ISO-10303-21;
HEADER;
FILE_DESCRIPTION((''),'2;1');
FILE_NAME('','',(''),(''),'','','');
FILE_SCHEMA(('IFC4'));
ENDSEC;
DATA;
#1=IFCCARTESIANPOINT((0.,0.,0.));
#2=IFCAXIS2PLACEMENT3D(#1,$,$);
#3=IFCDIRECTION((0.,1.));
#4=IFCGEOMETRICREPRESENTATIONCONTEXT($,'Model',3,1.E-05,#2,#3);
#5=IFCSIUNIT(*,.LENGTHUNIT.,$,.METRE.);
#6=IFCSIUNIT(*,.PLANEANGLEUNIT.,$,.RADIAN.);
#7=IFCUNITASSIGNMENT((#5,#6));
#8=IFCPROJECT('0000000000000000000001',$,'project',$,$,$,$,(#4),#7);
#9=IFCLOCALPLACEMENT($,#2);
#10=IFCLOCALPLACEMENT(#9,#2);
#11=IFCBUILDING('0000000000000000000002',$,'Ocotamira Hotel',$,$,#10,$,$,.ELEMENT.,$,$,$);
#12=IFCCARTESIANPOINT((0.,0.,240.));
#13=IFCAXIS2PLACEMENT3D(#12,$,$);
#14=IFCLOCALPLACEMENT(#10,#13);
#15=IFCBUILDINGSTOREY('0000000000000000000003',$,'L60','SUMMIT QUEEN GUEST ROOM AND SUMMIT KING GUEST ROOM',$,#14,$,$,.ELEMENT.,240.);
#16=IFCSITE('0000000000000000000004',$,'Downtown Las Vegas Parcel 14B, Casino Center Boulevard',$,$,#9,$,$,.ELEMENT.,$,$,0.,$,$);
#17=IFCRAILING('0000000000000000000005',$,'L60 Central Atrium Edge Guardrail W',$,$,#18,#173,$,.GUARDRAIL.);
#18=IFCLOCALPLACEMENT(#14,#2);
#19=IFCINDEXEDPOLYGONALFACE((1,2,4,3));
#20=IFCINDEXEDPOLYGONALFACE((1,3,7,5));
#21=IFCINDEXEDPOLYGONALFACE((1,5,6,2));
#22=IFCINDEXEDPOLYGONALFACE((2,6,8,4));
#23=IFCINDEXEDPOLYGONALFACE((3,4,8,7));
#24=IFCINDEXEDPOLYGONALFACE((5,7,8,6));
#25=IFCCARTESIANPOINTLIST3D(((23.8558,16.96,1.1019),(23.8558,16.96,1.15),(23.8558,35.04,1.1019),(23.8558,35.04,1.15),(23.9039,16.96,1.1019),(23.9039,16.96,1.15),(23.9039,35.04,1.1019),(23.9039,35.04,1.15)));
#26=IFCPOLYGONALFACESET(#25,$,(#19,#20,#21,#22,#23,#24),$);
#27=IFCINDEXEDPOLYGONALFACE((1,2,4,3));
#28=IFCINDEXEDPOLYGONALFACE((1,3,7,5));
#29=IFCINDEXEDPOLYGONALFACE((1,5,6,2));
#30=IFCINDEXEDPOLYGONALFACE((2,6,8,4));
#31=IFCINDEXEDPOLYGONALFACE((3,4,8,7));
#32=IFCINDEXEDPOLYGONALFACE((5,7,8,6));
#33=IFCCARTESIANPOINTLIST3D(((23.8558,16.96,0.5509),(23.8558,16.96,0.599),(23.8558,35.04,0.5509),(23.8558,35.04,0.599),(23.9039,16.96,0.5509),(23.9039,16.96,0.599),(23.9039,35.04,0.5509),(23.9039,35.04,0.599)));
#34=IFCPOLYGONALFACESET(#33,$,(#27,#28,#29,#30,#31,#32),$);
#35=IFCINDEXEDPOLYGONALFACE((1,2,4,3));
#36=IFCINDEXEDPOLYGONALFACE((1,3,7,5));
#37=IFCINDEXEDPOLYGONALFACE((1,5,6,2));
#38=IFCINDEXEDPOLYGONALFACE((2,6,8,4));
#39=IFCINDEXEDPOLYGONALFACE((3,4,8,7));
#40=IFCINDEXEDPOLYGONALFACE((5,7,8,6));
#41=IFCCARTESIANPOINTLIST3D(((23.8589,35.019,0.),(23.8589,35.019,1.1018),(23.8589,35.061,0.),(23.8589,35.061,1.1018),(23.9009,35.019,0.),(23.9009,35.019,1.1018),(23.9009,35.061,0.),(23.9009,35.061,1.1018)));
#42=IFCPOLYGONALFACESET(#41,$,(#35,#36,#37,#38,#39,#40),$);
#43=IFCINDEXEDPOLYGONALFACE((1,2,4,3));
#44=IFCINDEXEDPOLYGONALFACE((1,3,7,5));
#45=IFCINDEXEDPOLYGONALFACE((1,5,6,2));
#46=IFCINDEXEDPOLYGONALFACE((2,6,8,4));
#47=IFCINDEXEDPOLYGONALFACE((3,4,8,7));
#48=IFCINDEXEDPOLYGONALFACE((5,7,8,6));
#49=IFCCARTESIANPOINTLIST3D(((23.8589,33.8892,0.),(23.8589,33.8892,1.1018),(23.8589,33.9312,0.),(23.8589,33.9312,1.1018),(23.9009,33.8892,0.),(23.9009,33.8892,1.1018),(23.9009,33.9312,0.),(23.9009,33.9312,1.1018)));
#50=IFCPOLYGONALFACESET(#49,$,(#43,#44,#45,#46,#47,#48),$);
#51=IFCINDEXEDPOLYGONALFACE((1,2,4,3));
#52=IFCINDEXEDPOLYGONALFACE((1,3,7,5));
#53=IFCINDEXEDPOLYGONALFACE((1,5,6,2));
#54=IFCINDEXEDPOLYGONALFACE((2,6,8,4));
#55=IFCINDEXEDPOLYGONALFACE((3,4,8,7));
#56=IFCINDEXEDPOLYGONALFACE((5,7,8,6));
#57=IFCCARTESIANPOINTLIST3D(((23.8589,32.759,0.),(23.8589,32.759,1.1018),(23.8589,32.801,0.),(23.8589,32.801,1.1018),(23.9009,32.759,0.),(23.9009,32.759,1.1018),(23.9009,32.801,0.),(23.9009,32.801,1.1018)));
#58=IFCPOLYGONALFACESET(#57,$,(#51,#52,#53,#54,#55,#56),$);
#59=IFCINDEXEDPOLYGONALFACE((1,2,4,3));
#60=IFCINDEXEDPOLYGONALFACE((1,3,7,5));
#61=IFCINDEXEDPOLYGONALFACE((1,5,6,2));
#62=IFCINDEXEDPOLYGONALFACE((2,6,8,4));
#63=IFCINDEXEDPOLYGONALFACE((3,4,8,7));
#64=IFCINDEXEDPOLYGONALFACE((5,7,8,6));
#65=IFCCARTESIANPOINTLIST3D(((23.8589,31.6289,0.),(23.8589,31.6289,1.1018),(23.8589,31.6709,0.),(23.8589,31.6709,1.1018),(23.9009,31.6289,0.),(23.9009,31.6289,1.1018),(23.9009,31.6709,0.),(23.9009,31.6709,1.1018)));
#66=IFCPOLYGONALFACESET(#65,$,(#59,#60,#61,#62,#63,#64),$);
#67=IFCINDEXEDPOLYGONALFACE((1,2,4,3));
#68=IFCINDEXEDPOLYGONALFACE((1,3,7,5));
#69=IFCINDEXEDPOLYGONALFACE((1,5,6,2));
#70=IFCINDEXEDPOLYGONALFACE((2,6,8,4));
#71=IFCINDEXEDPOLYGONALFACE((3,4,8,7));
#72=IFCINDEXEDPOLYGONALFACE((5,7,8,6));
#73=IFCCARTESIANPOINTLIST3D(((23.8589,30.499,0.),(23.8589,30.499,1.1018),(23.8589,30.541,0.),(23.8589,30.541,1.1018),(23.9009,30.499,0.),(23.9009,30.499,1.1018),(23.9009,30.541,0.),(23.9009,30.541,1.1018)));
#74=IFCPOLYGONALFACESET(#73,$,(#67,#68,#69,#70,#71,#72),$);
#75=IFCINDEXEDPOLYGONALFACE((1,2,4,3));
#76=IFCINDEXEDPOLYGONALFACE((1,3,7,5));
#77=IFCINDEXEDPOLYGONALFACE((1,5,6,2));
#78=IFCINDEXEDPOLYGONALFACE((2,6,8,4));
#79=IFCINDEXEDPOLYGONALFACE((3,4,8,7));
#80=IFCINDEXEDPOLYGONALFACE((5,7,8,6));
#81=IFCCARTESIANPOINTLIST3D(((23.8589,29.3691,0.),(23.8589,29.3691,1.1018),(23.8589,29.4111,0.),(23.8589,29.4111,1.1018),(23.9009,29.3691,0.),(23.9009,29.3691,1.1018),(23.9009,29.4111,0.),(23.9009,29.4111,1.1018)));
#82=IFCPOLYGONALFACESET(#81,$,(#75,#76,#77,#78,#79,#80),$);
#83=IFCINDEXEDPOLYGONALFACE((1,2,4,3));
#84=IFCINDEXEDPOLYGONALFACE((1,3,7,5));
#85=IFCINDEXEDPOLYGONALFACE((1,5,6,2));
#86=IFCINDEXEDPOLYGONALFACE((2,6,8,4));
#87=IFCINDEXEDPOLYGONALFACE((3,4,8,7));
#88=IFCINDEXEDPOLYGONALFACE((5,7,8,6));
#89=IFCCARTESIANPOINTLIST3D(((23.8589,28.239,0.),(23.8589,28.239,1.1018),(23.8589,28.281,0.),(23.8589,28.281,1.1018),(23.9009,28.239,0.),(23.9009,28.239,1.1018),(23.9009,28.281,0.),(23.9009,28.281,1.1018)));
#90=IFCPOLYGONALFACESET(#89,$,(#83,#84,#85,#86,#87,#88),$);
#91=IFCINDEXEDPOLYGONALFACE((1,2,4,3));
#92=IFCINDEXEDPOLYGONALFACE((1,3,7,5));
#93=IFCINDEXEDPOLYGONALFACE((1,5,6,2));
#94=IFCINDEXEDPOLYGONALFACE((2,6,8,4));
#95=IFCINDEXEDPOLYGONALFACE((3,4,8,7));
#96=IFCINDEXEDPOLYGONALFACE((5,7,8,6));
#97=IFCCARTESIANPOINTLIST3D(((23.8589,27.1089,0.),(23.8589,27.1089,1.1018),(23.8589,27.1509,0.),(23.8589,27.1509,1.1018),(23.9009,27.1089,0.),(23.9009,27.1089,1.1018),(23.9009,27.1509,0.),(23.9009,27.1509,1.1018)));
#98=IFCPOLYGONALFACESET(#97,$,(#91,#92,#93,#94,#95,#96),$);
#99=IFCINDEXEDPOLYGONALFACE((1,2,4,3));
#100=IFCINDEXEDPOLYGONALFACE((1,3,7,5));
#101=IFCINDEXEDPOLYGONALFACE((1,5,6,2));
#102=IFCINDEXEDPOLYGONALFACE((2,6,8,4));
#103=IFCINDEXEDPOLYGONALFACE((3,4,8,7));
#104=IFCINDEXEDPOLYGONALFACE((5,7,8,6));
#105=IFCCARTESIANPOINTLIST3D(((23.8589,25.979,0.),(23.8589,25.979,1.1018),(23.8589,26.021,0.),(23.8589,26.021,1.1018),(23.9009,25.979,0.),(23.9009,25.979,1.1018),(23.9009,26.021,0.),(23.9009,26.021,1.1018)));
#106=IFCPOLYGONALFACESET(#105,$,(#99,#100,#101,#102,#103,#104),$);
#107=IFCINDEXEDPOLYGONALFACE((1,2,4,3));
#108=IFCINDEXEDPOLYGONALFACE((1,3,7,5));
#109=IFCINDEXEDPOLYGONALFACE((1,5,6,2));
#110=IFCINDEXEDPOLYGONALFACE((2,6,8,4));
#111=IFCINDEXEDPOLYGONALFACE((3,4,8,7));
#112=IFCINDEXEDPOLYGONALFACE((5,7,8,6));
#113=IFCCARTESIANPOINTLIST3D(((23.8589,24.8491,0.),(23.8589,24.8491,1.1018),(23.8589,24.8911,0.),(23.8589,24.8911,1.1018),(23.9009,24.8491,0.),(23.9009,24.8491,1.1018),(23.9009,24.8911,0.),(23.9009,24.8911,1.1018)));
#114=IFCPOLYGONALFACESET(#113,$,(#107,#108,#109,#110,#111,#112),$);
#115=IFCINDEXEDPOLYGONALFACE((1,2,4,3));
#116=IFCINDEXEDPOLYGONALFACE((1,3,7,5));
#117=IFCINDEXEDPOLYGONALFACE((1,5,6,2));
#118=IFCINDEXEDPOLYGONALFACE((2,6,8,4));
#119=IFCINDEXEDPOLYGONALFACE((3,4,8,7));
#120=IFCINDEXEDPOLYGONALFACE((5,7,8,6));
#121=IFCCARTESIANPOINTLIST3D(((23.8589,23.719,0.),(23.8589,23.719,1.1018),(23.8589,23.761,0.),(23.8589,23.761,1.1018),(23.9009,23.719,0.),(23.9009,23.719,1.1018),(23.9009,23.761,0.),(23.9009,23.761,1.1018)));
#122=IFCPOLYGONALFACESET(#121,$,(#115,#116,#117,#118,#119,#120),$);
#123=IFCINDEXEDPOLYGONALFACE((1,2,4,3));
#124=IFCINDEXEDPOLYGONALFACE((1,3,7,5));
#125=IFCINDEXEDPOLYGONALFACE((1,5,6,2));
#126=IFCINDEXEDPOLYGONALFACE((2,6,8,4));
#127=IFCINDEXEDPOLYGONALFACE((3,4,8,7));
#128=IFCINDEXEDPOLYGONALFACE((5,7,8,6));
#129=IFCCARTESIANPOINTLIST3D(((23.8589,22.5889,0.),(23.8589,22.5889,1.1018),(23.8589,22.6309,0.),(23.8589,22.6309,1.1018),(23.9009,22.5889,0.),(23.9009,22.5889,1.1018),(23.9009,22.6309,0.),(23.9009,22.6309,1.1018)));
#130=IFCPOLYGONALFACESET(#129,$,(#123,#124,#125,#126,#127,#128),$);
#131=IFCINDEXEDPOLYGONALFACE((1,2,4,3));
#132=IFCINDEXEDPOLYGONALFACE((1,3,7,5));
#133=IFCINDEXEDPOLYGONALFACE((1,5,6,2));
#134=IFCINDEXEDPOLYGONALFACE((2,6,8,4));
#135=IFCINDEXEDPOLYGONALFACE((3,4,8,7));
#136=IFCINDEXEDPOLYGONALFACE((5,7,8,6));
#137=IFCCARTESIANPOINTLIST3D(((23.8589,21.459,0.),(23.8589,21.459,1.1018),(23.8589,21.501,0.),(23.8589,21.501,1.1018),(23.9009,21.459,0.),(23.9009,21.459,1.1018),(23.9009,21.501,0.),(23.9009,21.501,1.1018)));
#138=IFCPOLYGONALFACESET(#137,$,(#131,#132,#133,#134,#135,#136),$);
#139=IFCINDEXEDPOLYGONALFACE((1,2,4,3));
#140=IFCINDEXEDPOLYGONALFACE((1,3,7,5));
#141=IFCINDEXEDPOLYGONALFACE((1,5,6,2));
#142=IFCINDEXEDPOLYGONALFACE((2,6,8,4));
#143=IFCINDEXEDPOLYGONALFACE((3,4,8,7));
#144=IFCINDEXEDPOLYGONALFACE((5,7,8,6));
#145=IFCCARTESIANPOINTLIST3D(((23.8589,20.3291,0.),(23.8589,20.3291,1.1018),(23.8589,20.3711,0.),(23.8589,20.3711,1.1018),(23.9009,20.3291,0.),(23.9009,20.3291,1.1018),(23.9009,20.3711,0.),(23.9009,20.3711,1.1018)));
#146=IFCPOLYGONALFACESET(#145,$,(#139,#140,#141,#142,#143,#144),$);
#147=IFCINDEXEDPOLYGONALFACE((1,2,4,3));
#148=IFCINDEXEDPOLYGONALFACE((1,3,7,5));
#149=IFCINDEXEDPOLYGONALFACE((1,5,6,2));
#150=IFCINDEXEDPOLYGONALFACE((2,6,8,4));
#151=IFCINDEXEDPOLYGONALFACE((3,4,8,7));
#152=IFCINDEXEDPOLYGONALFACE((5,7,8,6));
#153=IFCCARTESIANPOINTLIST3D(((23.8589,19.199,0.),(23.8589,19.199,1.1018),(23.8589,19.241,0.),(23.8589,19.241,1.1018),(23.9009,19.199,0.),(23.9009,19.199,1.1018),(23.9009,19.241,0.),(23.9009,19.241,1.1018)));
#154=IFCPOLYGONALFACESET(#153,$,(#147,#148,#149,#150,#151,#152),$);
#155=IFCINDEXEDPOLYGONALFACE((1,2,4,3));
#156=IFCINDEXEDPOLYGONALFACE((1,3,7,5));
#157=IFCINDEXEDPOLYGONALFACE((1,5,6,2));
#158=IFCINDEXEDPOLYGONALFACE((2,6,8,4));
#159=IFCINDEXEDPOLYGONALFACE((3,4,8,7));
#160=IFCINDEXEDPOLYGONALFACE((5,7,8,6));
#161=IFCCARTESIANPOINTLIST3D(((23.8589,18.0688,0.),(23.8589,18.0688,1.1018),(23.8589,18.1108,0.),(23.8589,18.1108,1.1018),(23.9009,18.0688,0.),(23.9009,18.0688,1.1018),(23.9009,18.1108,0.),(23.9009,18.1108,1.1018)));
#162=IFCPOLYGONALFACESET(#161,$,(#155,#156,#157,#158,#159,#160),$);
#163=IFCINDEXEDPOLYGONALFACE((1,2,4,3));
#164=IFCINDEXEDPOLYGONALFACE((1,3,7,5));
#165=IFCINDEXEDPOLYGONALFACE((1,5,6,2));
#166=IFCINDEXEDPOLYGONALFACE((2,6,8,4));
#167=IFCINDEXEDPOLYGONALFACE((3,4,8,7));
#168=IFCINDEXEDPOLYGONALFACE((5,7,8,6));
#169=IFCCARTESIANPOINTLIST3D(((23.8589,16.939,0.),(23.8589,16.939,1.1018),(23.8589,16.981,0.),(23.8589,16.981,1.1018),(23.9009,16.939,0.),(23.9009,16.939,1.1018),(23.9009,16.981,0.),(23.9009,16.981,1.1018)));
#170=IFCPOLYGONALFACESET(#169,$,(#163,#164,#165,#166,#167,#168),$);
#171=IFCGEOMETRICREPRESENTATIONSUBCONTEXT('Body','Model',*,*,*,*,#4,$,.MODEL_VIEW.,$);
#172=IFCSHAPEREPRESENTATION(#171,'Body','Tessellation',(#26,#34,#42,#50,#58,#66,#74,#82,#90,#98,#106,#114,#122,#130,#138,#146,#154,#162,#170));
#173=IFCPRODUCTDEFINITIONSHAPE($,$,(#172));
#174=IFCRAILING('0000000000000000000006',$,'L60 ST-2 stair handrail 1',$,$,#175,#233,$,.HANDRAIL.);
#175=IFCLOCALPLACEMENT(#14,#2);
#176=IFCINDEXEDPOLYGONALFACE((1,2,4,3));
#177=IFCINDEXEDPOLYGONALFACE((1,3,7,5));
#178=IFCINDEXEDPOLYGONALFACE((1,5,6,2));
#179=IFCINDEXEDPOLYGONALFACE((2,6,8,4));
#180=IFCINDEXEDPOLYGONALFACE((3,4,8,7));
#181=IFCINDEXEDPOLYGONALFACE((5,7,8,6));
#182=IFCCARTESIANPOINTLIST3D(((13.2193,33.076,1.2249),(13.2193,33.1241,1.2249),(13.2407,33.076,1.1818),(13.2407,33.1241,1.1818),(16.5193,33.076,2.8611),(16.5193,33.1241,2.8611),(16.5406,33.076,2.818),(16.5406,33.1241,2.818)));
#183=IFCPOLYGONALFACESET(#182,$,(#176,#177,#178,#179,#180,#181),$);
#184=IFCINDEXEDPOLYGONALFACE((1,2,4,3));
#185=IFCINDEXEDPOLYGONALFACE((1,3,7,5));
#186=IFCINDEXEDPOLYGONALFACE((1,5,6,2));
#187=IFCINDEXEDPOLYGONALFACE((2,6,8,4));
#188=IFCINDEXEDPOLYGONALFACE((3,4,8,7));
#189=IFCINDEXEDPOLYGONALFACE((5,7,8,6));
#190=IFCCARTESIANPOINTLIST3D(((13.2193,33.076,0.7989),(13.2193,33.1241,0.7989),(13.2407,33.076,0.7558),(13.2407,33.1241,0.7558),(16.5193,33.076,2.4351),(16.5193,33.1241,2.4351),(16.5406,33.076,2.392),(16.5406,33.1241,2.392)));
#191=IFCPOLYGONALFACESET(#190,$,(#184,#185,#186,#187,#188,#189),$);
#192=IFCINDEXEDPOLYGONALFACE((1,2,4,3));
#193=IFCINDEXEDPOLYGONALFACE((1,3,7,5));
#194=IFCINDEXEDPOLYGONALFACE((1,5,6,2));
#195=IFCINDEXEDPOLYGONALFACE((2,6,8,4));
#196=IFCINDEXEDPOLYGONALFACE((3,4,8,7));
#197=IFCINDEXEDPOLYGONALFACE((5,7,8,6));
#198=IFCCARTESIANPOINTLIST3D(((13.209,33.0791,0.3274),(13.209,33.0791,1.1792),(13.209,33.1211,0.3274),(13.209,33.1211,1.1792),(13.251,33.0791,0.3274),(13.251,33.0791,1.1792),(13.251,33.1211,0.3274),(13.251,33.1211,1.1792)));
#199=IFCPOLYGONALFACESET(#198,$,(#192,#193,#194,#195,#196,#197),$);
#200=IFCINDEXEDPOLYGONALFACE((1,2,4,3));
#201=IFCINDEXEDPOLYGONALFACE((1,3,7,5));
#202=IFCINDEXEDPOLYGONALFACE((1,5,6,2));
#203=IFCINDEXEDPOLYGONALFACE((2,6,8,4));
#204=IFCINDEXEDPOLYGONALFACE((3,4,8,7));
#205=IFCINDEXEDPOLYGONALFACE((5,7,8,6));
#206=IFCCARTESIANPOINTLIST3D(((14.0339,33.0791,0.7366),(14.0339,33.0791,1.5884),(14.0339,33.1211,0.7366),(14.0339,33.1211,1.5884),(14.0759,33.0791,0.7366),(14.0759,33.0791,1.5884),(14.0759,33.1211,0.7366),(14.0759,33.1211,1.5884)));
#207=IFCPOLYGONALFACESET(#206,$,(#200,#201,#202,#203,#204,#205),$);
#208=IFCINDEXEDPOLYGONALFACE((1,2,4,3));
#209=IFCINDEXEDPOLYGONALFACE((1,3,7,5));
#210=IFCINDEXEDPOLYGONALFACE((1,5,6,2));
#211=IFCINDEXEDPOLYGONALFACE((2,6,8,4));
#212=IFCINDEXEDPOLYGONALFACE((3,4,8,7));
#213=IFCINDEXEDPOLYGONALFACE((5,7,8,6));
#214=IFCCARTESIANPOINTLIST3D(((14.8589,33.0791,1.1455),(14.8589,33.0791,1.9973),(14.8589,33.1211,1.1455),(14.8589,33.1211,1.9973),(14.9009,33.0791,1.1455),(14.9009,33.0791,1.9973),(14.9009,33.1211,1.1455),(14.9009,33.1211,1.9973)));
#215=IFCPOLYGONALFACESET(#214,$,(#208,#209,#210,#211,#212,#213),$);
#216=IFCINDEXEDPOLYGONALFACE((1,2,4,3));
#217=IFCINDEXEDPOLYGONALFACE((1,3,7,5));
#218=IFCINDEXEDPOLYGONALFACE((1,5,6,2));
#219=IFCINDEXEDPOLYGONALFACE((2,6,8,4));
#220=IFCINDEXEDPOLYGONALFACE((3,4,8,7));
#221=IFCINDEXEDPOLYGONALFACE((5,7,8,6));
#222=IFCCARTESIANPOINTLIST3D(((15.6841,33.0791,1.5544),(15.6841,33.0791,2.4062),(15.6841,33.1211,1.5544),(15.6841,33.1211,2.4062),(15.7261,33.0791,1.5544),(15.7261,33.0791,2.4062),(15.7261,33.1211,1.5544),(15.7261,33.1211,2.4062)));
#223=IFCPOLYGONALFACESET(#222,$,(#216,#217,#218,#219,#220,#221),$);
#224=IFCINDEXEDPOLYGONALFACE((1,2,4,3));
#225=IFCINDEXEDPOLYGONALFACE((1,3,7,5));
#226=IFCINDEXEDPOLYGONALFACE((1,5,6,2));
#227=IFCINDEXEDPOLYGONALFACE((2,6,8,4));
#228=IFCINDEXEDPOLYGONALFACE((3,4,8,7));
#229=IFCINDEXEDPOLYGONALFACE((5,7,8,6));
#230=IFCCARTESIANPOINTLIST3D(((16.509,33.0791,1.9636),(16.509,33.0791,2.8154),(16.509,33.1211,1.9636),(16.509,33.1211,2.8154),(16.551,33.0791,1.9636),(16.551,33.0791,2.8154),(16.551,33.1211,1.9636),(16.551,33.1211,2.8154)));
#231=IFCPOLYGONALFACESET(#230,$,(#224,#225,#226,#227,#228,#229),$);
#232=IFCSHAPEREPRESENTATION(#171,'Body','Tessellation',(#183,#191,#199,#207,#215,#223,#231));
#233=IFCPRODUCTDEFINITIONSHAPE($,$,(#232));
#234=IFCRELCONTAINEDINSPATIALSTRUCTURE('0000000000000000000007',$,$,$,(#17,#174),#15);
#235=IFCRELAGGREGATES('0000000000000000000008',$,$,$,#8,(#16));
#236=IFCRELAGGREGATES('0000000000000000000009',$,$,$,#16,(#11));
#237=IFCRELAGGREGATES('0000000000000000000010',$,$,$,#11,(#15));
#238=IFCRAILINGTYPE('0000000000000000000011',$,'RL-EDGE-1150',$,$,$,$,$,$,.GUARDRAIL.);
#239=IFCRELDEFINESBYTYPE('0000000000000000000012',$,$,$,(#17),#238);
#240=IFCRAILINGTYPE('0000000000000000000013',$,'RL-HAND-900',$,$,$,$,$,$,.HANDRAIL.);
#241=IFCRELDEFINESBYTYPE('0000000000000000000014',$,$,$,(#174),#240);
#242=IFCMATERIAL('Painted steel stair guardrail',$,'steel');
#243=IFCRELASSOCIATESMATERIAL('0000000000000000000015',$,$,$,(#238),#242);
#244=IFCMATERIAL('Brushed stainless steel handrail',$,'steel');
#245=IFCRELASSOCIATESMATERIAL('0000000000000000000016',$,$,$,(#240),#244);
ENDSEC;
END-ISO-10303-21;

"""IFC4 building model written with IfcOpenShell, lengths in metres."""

from ifc_helpers import new_model, si_unit, direction, frame, origin, origin_2d, place, context, subcontext, project, spatial, rectangle, extrude, material, type_object, element, save


model = new_model("IFC4")

# Units and contexts
model_context = context("Model", 3, precision=1e-05, world=origin(), true_north=direction((0.0, 1.0)))
body_context = subcontext(model_context, "Body", "Model", "MODEL_VIEW")
ifc_project = project(units=[si_unit("LENGTHUNIT", "METRE"), si_unit("PLANEANGLEUNIT", "RADIAN")], contexts=[model_context])

# Site, building, storey
site_placement = place(None, origin())
site = spatial("IfcSite", under=ifc_project, at=site_placement, Name="Downtown Las Vegas Parcel 14B, Casino Center Boulevard", CompositionType="ELEMENT", RefElevation=0.0)
building_placement = place(site_placement, origin())
building = spatial("IfcBuilding", under=site, at=building_placement, Name="Ocotamira Hotel", CompositionType="ELEMENT")
storey_placement = place(building_placement, frame((0.0, 0.0, 240.0)))
storey = spatial("IfcBuildingStorey", under=building, at=storey_placement, Name="L60", Description="SUMMIT QUEEN GUEST ROOM AND SUMMIT KING GUEST ROOM", CompositionType="ELEMENT", Elevation=240.0)

# Railings
ifc_material_1 = material(Name="Painted steel stair guardrail", Category="steel")
railing_type_1 = type_object("IfcRailingType", Name="RL-EDGE-1150", PredefinedType="GUARDRAIL", material=ifc_material_1)
railing_1_placement = place(storey_placement, frame((23.8799, 35.04, 0.0)))
element("IfcRailing", 1, at=railing_1_placement, inside=storey, type_object=railing_type_1, Name="L60 Central Atrium Edge Guardrail W", PredefinedType="GUARDRAIL", context=body_context, shape_type="SweptSolid", body=[
    extrude(rectangle(XDim=0.0481, YDim=0.0481, at=origin_2d()), frame((0.0, 0.0, 1.126), z_axis=(0.0, -1.0, 0.0), x_axis=(1.0, 0.0, 0.0)), (0.0, 0.0, 1.0), 18.0801),
    extrude(rectangle(XDim=0.0481, YDim=0.0481, at=origin_2d()), frame((0.0, 0.0, 0.575), z_axis=(0.0, -1.0, 0.0), x_axis=(1.0, 0.0, 0.0)), (0.0, 0.0, 1.0), 18.0801),
    extrude(rectangle(XDim=0.042, YDim=0.042, at=origin_2d()), origin(), (0.0, 0.0, 1.0), 1.1018),
    extrude(rectangle(XDim=0.042, YDim=0.042, at=origin_2d()), frame((0.0, -1.1299, 0.0)), (0.0, 0.0, 1.0), 1.1018),
    extrude(rectangle(XDim=0.042, YDim=0.042, at=origin_2d()), frame((0.0, -2.26, 0.0)), (0.0, 0.0, 1.0), 1.1018),
    extrude(rectangle(XDim=0.042, YDim=0.042, at=origin_2d()), frame((0.0, -3.3901, 0.0)), (0.0, 0.0, 1.0), 1.1018),
    extrude(rectangle(XDim=0.042, YDim=0.042, at=origin_2d()), frame((0.0, -4.52, 0.0)), (0.0, 0.0, 1.0), 1.1018),
    extrude(rectangle(XDim=0.042, YDim=0.042, at=origin_2d()), frame((0.0, -5.6499, 0.0)), (0.0, 0.0, 1.0), 1.1018),
    extrude(rectangle(XDim=0.042, YDim=0.042, at=origin_2d()), frame((0.0, -6.78, 0.0)), (0.0, 0.0, 1.0), 1.1018),
    extrude(rectangle(XDim=0.042, YDim=0.042, at=origin_2d()), frame((0.0, -7.9102, 0.0)), (0.0, 0.0, 1.0), 1.1018),
    extrude(rectangle(XDim=0.042, YDim=0.042, at=origin_2d()), frame((0.0, -9.04, 0.0)), (0.0, 0.0, 1.0), 1.1018),
    extrude(rectangle(XDim=0.042, YDim=0.042, at=origin_2d()), frame((0.0, -10.1699, 0.0)), (0.0, 0.0, 1.0), 1.1018),
    extrude(rectangle(XDim=0.042, YDim=0.042, at=origin_2d()), frame((0.0, -11.3, 0.0)), (0.0, 0.0, 1.0), 1.1018),
    extrude(rectangle(XDim=0.042, YDim=0.042, at=origin_2d()), frame((0.0, -12.4302, 0.0)), (0.0, 0.0, 1.0), 1.1018),
    extrude(rectangle(XDim=0.042, YDim=0.042, at=origin_2d()), frame((0.0, -13.5601, 0.0)), (0.0, 0.0, 1.0), 1.1018),
    extrude(rectangle(XDim=0.042, YDim=0.042, at=origin_2d()), frame((0.0, -14.6899, 0.0)), (0.0, 0.0, 1.0), 1.1018),
    extrude(rectangle(XDim=0.042, YDim=0.042, at=origin_2d()), frame((0.0, -15.8201, 0.0)), (0.0, 0.0, 1.0), 1.1018),
    extrude(rectangle(XDim=0.042, YDim=0.042, at=origin_2d()), frame((0.0, -16.9502, 0.0)), (0.0, 0.0, 1.0), 1.1018),
    extrude(rectangle(XDim=0.042, YDim=0.042, at=origin_2d()), frame((0.0, -18.0801, 0.0)), (0.0, 0.0, 1.0), 1.1018),
])
ifc_material_2 = material(Name="Brushed stainless steel handrail", Category="steel")
railing_type_2 = type_object("IfcRailingType", Name="RL-HAND-900", PredefinedType="HANDRAIL", material=ifc_material_2)
railing_2_placement = place(storey_placement, frame((13.23, 33.1001, 0.3274)))
element("IfcRailing", 2, at=railing_2_placement, inside=storey, type_object=railing_type_2, Name="L60 ST-2 stair handrail 1", PredefinedType="HANDRAIL", context=body_context, shape_type="SweptSolid", body=[
    extrude(rectangle(XDim=0.0481, YDim=0.0481, at=origin_2d()), frame((0.0, 0.0, 0.876), z_axis=(0.89592, 0.0, 0.444215), x_axis=(0.0, 1.0, 0.0)), (0.0, 0.0, 1.0), 3.6833),
    extrude(rectangle(XDim=0.0481, YDim=0.0481, at=origin_2d()), frame((0.0, 0.0, 0.45), z_axis=(0.89592, 0.0, 0.444215), x_axis=(0.0, 1.0, 0.0)), (0.0, 0.0, 1.0), 3.6833),
    extrude(rectangle(XDim=0.042, YDim=0.042, at=origin_2d()), origin(), (0.0, 0.0, 1.0), 0.8518),
    extrude(rectangle(XDim=0.042, YDim=0.042, at=origin_2d()), frame((0.825, 0.0, 0.4092)), (0.0, 0.0, 1.0), 0.8518),
    extrude(rectangle(XDim=0.042, YDim=0.042, at=origin_2d()), frame((1.6499, 0.0, 0.8181)), (0.0, 0.0, 1.0), 0.8518),
    extrude(rectangle(XDim=0.042, YDim=0.042, at=origin_2d()), frame((2.4751, 0.0, 1.2271)), (0.0, 0.0, 1.0), 0.8518),
    extrude(rectangle(XDim=0.042, YDim=0.042, at=origin_2d()), frame((3.3, 0.0, 1.6362)), (0.0, 0.0, 1.0), 0.8518),
])

save(model, "model.ifc")
